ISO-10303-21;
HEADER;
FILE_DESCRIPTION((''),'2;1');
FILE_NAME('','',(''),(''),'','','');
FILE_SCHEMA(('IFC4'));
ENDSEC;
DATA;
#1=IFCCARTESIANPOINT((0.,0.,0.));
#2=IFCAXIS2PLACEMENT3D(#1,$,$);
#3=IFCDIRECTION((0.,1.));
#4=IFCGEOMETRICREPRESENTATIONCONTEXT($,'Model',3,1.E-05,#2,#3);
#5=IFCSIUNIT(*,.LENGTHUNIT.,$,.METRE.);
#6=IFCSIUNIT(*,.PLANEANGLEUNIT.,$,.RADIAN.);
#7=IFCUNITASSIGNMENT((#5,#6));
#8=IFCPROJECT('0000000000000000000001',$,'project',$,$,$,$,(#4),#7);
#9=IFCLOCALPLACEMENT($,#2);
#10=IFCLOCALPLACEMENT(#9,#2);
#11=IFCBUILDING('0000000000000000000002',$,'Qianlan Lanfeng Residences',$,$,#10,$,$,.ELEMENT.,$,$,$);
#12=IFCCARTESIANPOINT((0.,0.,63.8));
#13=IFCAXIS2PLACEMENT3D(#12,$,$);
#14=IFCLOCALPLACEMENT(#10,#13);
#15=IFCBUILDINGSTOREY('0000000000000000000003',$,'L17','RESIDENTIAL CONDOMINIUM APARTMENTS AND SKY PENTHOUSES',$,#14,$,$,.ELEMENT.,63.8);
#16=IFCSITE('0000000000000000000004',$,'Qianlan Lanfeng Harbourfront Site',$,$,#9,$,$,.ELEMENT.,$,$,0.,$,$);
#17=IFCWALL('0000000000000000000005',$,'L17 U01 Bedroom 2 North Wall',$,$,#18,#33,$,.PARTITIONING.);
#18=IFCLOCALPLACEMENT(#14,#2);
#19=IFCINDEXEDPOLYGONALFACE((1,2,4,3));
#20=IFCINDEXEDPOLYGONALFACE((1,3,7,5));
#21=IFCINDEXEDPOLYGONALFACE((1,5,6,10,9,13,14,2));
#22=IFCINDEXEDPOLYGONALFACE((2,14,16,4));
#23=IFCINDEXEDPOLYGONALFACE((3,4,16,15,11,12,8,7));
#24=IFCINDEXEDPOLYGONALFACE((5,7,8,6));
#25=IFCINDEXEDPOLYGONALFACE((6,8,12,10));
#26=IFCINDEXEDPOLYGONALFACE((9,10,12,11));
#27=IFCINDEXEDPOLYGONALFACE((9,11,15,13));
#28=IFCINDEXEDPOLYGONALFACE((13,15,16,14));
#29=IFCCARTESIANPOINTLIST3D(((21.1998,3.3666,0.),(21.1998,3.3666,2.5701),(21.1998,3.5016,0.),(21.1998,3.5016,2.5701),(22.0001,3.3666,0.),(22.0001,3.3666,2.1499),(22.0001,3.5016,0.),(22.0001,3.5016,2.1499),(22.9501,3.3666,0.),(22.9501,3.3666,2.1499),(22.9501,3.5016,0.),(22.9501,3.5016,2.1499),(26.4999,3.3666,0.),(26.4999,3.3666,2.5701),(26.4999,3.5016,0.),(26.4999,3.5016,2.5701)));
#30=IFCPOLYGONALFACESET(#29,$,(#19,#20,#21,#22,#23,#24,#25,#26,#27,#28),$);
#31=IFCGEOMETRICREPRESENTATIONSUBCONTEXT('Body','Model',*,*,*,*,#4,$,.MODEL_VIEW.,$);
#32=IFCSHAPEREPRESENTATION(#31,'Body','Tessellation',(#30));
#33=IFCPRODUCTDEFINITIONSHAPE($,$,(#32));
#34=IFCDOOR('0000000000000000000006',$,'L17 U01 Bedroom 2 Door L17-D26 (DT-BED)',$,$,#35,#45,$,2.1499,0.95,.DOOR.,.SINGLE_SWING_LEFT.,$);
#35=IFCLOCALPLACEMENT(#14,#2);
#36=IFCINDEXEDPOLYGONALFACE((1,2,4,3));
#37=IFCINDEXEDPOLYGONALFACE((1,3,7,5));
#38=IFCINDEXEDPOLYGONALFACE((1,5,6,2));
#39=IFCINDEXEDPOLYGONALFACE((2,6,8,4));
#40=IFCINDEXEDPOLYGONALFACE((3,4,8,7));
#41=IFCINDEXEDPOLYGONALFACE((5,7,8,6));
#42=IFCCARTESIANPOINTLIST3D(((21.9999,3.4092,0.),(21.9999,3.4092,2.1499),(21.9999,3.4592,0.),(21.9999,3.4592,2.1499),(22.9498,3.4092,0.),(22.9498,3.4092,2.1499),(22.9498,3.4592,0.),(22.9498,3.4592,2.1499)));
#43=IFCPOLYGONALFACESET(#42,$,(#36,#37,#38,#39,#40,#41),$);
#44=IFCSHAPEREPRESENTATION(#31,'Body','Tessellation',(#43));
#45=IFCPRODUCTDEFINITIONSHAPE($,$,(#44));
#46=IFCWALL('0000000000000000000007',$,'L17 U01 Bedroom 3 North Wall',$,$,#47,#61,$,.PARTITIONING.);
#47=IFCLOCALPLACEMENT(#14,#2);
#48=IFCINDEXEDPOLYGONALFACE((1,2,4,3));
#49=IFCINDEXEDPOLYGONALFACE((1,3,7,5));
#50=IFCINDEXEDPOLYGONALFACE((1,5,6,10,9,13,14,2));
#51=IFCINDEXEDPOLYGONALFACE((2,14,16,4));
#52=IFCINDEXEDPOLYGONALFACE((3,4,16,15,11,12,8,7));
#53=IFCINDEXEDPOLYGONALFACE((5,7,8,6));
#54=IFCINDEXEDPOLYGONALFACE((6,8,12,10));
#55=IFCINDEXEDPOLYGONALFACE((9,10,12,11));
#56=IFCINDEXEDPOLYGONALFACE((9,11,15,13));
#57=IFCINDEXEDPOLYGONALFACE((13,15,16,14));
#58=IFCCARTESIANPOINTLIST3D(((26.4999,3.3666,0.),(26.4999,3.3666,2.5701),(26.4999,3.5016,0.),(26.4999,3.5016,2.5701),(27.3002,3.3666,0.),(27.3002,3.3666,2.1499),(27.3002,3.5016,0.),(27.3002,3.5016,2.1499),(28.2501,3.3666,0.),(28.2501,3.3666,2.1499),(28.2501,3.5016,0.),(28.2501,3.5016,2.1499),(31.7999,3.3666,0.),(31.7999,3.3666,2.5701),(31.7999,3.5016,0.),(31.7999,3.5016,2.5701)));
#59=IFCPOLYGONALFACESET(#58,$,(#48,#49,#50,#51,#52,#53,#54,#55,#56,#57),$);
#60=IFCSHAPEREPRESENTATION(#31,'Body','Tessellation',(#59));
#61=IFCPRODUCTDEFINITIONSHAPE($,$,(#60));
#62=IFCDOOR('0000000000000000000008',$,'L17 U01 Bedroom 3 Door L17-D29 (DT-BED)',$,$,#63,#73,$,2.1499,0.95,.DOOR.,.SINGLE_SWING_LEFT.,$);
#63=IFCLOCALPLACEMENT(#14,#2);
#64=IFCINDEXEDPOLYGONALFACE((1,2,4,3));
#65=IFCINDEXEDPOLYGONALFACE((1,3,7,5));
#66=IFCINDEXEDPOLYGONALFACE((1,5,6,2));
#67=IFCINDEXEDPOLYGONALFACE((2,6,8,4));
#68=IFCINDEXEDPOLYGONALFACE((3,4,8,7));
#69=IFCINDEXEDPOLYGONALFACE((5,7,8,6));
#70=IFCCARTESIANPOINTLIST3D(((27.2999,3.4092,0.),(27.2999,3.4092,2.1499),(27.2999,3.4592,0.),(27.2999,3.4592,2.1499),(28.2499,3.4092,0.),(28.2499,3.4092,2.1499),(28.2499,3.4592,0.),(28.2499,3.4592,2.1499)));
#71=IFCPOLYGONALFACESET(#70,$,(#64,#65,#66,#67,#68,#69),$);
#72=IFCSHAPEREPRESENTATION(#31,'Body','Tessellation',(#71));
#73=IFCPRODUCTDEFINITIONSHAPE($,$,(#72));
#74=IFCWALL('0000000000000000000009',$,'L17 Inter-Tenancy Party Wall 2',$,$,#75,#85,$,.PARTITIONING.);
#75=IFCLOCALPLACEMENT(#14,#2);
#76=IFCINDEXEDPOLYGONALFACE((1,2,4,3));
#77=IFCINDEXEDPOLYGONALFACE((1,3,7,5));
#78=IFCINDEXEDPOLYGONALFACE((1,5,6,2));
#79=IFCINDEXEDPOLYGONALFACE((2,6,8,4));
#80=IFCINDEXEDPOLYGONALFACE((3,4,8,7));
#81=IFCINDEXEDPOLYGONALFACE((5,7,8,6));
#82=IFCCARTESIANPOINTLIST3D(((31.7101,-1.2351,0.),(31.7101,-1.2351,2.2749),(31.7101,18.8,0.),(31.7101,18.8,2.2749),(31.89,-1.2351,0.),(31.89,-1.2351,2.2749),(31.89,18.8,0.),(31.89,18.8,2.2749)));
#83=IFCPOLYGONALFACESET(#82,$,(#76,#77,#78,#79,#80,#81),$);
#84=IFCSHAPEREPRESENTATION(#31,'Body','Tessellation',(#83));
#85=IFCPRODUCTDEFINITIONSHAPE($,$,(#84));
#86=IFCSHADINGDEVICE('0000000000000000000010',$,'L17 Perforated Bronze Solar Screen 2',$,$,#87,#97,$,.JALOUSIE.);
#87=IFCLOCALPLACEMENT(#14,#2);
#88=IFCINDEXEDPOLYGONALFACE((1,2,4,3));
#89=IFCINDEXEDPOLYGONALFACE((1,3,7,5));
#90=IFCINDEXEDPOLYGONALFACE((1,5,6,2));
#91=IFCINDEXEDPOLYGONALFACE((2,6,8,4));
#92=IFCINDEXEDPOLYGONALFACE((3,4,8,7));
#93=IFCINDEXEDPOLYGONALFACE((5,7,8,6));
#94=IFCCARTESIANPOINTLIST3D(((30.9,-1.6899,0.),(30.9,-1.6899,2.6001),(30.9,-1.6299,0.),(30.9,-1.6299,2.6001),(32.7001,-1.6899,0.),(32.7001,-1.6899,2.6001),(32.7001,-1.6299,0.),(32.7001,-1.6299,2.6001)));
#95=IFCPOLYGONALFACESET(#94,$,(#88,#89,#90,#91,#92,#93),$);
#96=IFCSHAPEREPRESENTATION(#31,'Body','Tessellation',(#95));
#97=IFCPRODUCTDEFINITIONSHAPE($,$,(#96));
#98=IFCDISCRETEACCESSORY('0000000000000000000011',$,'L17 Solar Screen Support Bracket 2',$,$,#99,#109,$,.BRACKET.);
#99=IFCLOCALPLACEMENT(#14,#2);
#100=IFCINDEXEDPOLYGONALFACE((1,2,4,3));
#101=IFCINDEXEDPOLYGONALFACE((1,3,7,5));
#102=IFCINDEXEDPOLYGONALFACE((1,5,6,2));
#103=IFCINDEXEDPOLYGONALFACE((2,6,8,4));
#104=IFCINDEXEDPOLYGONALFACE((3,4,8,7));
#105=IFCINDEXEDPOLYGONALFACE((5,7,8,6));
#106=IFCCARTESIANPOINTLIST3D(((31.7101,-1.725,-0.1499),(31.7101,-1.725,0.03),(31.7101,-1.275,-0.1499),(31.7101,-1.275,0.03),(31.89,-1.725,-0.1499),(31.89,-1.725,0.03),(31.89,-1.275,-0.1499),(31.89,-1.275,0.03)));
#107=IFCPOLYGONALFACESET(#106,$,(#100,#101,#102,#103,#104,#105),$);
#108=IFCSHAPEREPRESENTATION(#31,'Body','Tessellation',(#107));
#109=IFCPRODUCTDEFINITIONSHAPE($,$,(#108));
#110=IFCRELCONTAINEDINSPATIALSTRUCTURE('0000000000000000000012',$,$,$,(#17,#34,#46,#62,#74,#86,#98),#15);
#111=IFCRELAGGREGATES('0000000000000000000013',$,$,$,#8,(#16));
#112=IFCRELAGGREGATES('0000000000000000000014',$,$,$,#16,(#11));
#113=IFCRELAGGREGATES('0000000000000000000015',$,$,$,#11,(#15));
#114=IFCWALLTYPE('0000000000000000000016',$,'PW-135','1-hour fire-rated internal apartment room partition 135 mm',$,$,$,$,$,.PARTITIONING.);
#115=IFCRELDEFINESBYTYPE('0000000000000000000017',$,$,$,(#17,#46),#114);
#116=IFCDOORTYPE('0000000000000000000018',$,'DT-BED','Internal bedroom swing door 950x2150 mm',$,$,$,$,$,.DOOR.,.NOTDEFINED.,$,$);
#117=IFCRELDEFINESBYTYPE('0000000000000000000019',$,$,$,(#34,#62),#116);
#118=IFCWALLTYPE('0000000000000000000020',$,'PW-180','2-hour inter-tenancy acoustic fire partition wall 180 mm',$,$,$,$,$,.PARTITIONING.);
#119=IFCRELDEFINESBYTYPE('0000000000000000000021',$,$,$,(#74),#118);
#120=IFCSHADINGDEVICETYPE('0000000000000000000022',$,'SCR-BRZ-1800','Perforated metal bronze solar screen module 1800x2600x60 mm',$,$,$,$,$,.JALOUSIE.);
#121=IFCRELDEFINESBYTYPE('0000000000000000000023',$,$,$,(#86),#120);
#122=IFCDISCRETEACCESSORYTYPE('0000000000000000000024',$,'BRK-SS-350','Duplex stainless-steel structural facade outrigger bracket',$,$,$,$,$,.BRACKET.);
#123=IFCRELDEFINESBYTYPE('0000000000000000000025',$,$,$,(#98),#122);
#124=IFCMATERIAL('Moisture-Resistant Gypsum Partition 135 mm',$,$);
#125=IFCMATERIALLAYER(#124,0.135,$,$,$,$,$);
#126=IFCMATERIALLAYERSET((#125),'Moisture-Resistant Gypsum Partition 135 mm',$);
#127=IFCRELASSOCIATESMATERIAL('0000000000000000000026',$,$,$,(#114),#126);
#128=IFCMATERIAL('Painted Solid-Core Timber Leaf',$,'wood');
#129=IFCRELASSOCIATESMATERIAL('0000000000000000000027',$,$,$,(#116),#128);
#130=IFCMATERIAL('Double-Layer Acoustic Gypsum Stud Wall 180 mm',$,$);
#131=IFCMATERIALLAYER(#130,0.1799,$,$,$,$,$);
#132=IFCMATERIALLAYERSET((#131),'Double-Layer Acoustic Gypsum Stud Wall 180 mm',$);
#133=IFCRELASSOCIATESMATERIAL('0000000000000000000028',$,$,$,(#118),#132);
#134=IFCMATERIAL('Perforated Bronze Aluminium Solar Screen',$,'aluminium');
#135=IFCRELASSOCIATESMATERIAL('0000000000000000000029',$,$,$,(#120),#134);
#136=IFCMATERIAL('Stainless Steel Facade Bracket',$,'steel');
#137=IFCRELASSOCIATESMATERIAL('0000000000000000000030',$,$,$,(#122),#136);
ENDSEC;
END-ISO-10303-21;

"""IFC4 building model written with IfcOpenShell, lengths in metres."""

from ifc_helpers import new_model, si_unit, direction, frame, frame_2d, origin, origin_2d, place, context, subcontext, project, spatial, rectangle, extrude, source, transform, mapped, material, layer, layer_set, type_object, element, fill, save


model = new_model("IFC4")

# Units and contexts
model_context = context("Model", 3, precision=1e-05, world=origin(), true_north=direction((0.0, 1.0)))
body_context = subcontext(model_context, "Body", "Model", "MODEL_VIEW")
ifc_project = project(units=[si_unit("LENGTHUNIT", "METRE"), si_unit("PLANEANGLEUNIT", "RADIAN")], contexts=[model_context])

# Site, building, storey
site_placement = place(None, origin())
site = spatial("IfcSite", under=ifc_project, at=site_placement, Name="Qianlan Lanfeng Harbourfront Site", CompositionType="ELEMENT", RefElevation=0.0)
building_placement = place(site_placement, origin())
building = spatial("IfcBuilding", under=site, at=building_placement, Name="Qianlan Lanfeng Residences", CompositionType="ELEMENT")
storey_placement = place(building_placement, frame((0.0, 0.0, 63.8)))
storey = spatial("IfcBuildingStorey", under=building, at=storey_placement, Name="L17", Description="RESIDENTIAL CONDOMINIUM APARTMENTS AND SKY PENTHOUSES", CompositionType="ELEMENT", Elevation=63.8)

# Walls, openings, doors
ifc_material_1 = material(Name="Moisture-Resistant Gypsum Partition 135 mm")
ifc_layer_1 = layer(ifc_material_1, 0.135)
ifc_layer_set_1 = layer_set([ifc_layer_1], Name="Moisture-Resistant Gypsum Partition 135 mm")
wall_type_1 = type_object("IfcWallType", Name="PW-135", Description="1-hour fire-rated internal apartment room partition 135 mm", PredefinedType="PARTITIONING", material=ifc_layer_set_1)
wall_1_placement = place(storey_placement, frame((21.2, 3.4341, 0.0), z_axis=(0.0, 0.0, 1.0), x_axis=(1.0, 0.0, 0.0)))
wall_1 = element("IfcWall", 1, at=wall_1_placement, inside=storey, type_object=wall_type_1, Name="L17 U01 Bedroom 2 North Wall", PredefinedType="PARTITIONING", context=body_context, shape_type="SweptSolid", body=[
    extrude(rectangle(XDim=5.3, YDim=0.135, at=frame_2d((2.6499, 0.0))), origin(), (0.0, 0.0, 1.0), 2.5701),
])
opening_1_placement = place(wall_1_placement, frame((0.8, 0.0, 0.0)))
opening_1 = element("IfcOpeningElement", 2, at=opening_1_placement, cuts=wall_1, PredefinedType="OPENING", context=body_context, shape_type="SweptSolid", body=[
    extrude(rectangle(XDim=0.95, YDim=2.1499, at=frame_2d((0.4751, 1.075))), frame((0.0, 0.0776, 0.0), z_axis=(0.0, -1.0, 0.0), x_axis=(1.0, 0.0, 0.0)), (0.0, 0.0, 1.0), 0.155),
])
ifc_material_2 = material(Name="Painted Solid-Core Timber Leaf", Category="wood")
door_type_1 = type_object("IfcDoorType", Name="DT-BED", Description="Internal bedroom swing door 950x2150 mm", OperationType="NOTDEFINED", PredefinedType="DOOR", material=ifc_material_2)
door_1_placement = place(opening_1_placement, frame((0.95, 0.0, 0.0), z_axis=(0.0, 0.0, 1.0), x_axis=(-1.0, 0.0, 0.0)))
door_1 = element("IfcDoor", 3, at=door_1_placement, inside=storey, type_object=door_type_1, Name="L17 U01 Bedroom 2 Door L17-D26 (DT-BED)", OperationType="SINGLE_SWING_LEFT", OverallHeight=2.1499, OverallWidth=0.95, PredefinedType="DOOR", context=body_context, shape_type="SweptSolid", body=[
    extrude(rectangle(XDim=0.95, YDim=2.1499, at=frame_2d((0.4751, 1.075))), frame((0.0, 0.0249, 0.0), z_axis=(0.0, -1.0, 0.0), x_axis=(1.0, 0.0, 0.0)), (0.0, 0.0, 1.0), 0.05),
])
fill(opening_1, door_1)
wall_2_placement = place(storey_placement, frame((26.5, 3.4341, 0.0), z_axis=(0.0, 0.0, 1.0), x_axis=(1.0, 0.0, 0.0)))
wall_2 = element("IfcWall", 4, at=wall_2_placement, inside=storey, type_object=wall_type_1, Name="L17 U01 Bedroom 3 North Wall", PredefinedType="PARTITIONING", context=body_context, shape_type="SweptSolid", body=[
    extrude(rectangle(XDim=5.3, YDim=0.135, at=frame_2d((2.6499, 0.0))), origin(), (0.0, 0.0, 1.0), 2.5701),
])
opening_2_placement = place(wall_2_placement, frame((0.8, 0.0, 0.0)))
opening_2 = element("IfcOpeningElement", 5, at=opening_2_placement, cuts=wall_2, PredefinedType="OPENING", context=body_context, shape_type="SweptSolid", body=[
    extrude(rectangle(XDim=0.95, YDim=2.1499, at=frame_2d((0.4751, 1.075))), frame((0.0, 0.0776, 0.0), z_axis=(0.0, -1.0, 0.0), x_axis=(1.0, 0.0, 0.0)), (0.0, 0.0, 1.0), 0.155),
])
door_2_placement = place(opening_2_placement, frame((0.95, 0.0, 0.0), z_axis=(0.0, 0.0, 1.0), x_axis=(-1.0, 0.0, 0.0)))
door_2 = element("IfcDoor", 6, at=door_2_placement, inside=storey, type_object=door_type_1, Name="L17 U01 Bedroom 3 Door L17-D29 (DT-BED)", OperationType="SINGLE_SWING_LEFT", OverallHeight=2.1499, OverallWidth=0.95, PredefinedType="DOOR", context=body_context, shape_type="SweptSolid", body=[
    extrude(rectangle(XDim=0.95, YDim=2.1499, at=frame_2d((0.4751, 1.075))), frame((0.0, 0.0249, 0.0), z_axis=(0.0, -1.0, 0.0), x_axis=(1.0, 0.0, 0.0)), (0.0, 0.0, 1.0), 0.05),
])
fill(opening_2, door_2)

# Wall
ifc_material_3 = material(Name="Double-Layer Acoustic Gypsum Stud Wall 180 mm")
ifc_layer_2 = layer(ifc_material_3, 0.1799)
ifc_layer_set_2 = layer_set([ifc_layer_2], Name="Double-Layer Acoustic Gypsum Stud Wall 180 mm")
wall_type_2 = type_object("IfcWallType", Name="PW-180", Description="2-hour inter-tenancy acoustic fire partition wall 180 mm", PredefinedType="PARTITIONING", material=ifc_layer_set_2)
wall_3_placement = place(storey_placement, frame((31.8, -1.2351, 0.0), z_axis=(0.0, 0.0, 1.0), x_axis=(0.0, 1.0, 0.0)))
element("IfcWall", 7, at=wall_3_placement, inside=storey, type_object=wall_type_2, Name="L17 Inter-Tenancy Party Wall 2", PredefinedType="PARTITIONING", context=body_context, shape_type="SweptSolid", body=[
    extrude(rectangle(XDim=20.0352, YDim=0.1799, at=frame_2d((10.0176, 0.0))), origin(), (0.0, 0.0, 1.0), 2.2749),
])

# Shading device
ifc_material_4 = material(Name="Perforated Bronze Aluminium Solar Screen", Category="aluminium")
shading_device_type = type_object("IfcShadingDeviceType", Name="SCR-BRZ-1800", Description="Perforated metal bronze solar screen module 1800x2600x60 mm", PredefinedType="JALOUSIE", material=ifc_material_4)
shared_shape_1 = source(origin(), body_context, "Body", "SweptSolid", [
    extrude(rectangle(XDim=1.8, YDim=0.0601, at=origin_2d()), origin(), (0.0, 0.0, 1.0), 2.6001),
])
shading_device_placement = place(storey_placement, frame((31.8, -1.6599, 0.0), z_axis=(0.0, 0.0, 1.0), x_axis=(1.0, 0.0, 0.0)))
element("IfcShadingDevice", 8, at=shading_device_placement, inside=storey, type_object=shading_device_type, Name="L17 Perforated Bronze Solar Screen 2", PredefinedType="JALOUSIE", context=body_context, shape_type="MappedRepresentation", body=[
    mapped(shared_shape_1, transform((0.0, 0.0, 0.0), scale=1.0)),
])

# Discrete accessory
ifc_material_5 = material(Name="Stainless Steel Facade Bracket", Category="steel")
discrete_accessory_type = type_object("IfcDiscreteAccessoryType", Name="BRK-SS-350", Description="Duplex stainless-steel structural facade outrigger bracket", PredefinedType="BRACKET", material=ifc_material_5)
shared_shape_2 = source(origin(), body_context, "Body", "SweptSolid", [
    extrude(rectangle(XDim=0.1799, YDim=0.45, at=origin_2d()), origin(), (0.0, 0.0, 1.0), 0.1799),
])
discrete_accessory_placement = place(storey_placement, frame((31.8, -1.5, -0.1499), z_axis=(0.0, 0.0, 1.0), x_axis=(1.0, 0.0, 0.0)))
element("IfcDiscreteAccessory", 9, at=discrete_accessory_placement, inside=storey, type_object=discrete_accessory_type, Name="L17 Solar Screen Support Bracket 2", PredefinedType="BRACKET", context=body_context, shape_type="MappedRepresentation", body=[
    mapped(shared_shape_2, transform((0.0, 0.0, 0.0), scale=1.0)),
])

save(model, "model.ifc")
